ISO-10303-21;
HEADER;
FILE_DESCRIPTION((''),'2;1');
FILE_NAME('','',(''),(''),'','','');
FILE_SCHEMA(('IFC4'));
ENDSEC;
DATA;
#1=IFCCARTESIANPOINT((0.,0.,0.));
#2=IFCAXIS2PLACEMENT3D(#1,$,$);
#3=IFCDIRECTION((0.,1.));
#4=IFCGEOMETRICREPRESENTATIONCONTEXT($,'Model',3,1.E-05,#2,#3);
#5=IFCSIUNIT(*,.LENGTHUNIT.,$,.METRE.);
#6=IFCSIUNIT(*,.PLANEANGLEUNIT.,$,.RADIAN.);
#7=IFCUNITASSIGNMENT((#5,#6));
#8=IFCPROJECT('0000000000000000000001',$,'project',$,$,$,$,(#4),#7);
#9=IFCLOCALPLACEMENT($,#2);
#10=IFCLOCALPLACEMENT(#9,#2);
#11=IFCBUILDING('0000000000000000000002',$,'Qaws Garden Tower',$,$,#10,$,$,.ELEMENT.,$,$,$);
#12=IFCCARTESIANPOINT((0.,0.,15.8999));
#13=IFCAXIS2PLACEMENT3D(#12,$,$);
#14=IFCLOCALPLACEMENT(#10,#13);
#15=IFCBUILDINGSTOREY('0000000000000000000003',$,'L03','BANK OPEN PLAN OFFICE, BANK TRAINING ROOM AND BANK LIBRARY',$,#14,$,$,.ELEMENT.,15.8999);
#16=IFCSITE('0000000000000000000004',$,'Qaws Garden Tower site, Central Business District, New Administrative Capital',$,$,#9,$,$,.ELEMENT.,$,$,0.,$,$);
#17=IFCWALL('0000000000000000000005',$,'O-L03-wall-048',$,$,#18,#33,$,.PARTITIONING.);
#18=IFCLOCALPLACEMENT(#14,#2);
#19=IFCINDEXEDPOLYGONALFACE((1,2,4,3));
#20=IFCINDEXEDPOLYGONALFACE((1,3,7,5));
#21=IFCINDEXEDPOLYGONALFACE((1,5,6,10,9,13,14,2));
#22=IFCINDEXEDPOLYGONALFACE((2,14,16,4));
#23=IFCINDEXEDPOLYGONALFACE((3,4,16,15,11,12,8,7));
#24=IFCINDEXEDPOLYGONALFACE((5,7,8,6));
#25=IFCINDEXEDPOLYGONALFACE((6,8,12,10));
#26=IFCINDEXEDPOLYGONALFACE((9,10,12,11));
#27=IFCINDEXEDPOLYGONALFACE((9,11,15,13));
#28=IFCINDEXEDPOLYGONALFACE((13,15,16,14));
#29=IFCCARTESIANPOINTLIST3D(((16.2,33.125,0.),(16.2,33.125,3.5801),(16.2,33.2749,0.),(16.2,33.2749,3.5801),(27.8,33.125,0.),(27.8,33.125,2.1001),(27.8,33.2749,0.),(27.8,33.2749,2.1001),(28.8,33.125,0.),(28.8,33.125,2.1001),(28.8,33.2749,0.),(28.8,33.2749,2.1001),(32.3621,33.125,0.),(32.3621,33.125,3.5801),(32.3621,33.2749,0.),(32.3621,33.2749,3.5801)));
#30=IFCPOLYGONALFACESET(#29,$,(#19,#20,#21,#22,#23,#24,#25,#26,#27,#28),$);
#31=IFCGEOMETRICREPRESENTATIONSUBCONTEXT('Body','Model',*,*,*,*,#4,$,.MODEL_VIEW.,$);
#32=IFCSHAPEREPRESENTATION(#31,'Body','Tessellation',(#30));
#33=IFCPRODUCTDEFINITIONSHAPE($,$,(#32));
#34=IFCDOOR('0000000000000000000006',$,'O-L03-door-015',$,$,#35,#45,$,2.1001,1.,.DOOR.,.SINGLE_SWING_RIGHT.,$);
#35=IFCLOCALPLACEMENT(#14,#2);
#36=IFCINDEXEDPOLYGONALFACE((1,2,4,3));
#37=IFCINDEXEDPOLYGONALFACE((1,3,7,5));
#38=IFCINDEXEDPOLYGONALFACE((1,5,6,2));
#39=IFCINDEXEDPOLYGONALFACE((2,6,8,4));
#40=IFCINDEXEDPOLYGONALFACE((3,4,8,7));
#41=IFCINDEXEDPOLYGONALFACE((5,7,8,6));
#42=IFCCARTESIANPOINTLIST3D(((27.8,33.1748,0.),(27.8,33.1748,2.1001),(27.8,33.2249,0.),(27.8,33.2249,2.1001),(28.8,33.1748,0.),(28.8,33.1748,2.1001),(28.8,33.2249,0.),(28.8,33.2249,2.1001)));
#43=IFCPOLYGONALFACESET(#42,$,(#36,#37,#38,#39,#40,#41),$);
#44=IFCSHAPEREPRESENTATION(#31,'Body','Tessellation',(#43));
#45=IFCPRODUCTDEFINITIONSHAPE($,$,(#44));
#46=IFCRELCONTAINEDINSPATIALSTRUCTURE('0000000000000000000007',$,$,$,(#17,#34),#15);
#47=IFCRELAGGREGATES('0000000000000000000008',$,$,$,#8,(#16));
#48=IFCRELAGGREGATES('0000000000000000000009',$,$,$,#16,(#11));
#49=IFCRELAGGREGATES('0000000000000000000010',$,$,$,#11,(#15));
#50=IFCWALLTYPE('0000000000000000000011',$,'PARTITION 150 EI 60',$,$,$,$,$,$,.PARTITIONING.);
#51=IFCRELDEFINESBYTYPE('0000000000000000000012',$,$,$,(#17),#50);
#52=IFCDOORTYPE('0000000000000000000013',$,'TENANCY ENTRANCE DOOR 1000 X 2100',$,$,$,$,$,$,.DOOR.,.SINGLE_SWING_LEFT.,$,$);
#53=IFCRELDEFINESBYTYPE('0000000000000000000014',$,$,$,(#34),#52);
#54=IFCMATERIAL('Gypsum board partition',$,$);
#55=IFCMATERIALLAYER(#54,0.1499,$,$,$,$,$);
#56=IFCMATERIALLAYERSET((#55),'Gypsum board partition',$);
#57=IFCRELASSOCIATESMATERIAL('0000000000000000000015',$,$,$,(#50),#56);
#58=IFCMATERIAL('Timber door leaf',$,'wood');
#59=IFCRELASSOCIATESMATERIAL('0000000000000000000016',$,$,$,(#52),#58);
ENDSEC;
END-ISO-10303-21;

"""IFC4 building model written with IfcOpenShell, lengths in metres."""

from ifc_helpers import new_model, si_unit, direction, frame, frame_2d, origin, place, context, subcontext, project, spatial, rectangle, extrude, material, layer, layer_set, type_object, element, fill, save


model = new_model("IFC4")

# Units and contexts
model_context = context("Model", 3, precision=1e-05, world=origin(), true_north=direction((0.0, 1.0)))
body_context = subcontext(model_context, "Body", "Model", "MODEL_VIEW")
ifc_project = project(units=[si_unit("LENGTHUNIT", "METRE"), si_unit("PLANEANGLEUNIT", "RADIAN")], contexts=[model_context])

# Site, building, storey
site_placement = place(None, origin())
site = spatial("IfcSite", under=ifc_project, at=site_placement, Name="Qaws Garden Tower site, Central Business District, New Administrative Capital", CompositionType="ELEMENT", RefElevation=0.0)
building_placement = place(site_placement, origin())
building = spatial("IfcBuilding", under=site, at=building_placement, Name="Qaws Garden Tower", CompositionType="ELEMENT")
storey_placement = place(building_placement, frame((0.0, 0.0, 15.8999)))
storey = spatial("IfcBuildingStorey", under=building, at=storey_placement, Name="L03", Description="BANK OPEN PLAN OFFICE, BANK TRAINING ROOM AND BANK LIBRARY", CompositionType="ELEMENT", Elevation=15.8999)

# Shared definitions
ifc_material_1 = material(Name="Gypsum board partition")
ifc_layer_1 = layer(ifc_material_1, 0.1499)
ifc_layer_set_1 = layer_set([ifc_layer_1], Name="Gypsum board partition")
wall_type_1 = type_object("IfcWallType", Name="PARTITION 150 EI 60", PredefinedType="PARTITIONING", material=ifc_layer_set_1)

# Shared definitions
ifc_material_2 = material(Name="Timber door leaf", Category="wood")
door_type_1 = type_object("IfcDoorType", Name="TENANCY ENTRANCE DOOR 1000 X 2100", OperationType="SINGLE_SWING_LEFT", PredefinedType="DOOR", material=ifc_material_2)

# Wall, opening, door
wall_1_placement = place(storey_placement, frame((16.2, 33.2, 0.0), z_axis=(0.0, 0.0, 1.0), x_axis=(1.0, 0.0, 0.0)))
wall_1 = element("IfcWall", 1, at=wall_1_placement, inside=storey, type_object=wall_type_1, Name="O-L03-wall-048", PredefinedType="PARTITIONING", context=body_context, shape_type="SweptSolid", body=[
    extrude(rectangle(XDim=16.1621, YDim=0.1499, at=frame_2d((8.0811, 0.0))), origin(), (0.0, 0.0, 1.0), 3.5801),
])
opening_1_placement = place(wall_1_placement, frame((11.6001, 0.0, 0.0)))
opening_1 = element("IfcOpeningElement", 2, at=opening_1_placement, cuts=wall_1, PredefinedType="OPENING", context=body_context, shape_type="SweptSolid", body=[
    extrude(rectangle(XDim=1.0, YDim=2.1001, at=frame_2d((0.5, 1.05))), frame((0.0, 0.085, 0.0), z_axis=(0.0, -1.0, 0.0), x_axis=(1.0, 0.0, 0.0)), (0.0, 0.0, 1.0), 0.1699),
])
door_1_placement = place(opening_1_placement, origin())
door_1 = element("IfcDoor", 3, at=door_1_placement, inside=storey, type_object=door_type_1, Name="O-L03-door-015", OperationType="SINGLE_SWING_RIGHT", OverallHeight=2.1001, OverallWidth=1.0, PredefinedType="DOOR", context=body_context, shape_type="SweptSolid", body=[
    extrude(rectangle(XDim=1.0, YDim=2.1001, at=frame_2d((0.5, 1.05))), frame((0.0, 0.0249, 0.0), z_axis=(0.0, -1.0, 0.0), x_axis=(1.0, 0.0, 0.0)), (0.0, 0.0, 1.0), 0.05),
])
fill(opening_1, door_1)

save(model, "model.ifc")
